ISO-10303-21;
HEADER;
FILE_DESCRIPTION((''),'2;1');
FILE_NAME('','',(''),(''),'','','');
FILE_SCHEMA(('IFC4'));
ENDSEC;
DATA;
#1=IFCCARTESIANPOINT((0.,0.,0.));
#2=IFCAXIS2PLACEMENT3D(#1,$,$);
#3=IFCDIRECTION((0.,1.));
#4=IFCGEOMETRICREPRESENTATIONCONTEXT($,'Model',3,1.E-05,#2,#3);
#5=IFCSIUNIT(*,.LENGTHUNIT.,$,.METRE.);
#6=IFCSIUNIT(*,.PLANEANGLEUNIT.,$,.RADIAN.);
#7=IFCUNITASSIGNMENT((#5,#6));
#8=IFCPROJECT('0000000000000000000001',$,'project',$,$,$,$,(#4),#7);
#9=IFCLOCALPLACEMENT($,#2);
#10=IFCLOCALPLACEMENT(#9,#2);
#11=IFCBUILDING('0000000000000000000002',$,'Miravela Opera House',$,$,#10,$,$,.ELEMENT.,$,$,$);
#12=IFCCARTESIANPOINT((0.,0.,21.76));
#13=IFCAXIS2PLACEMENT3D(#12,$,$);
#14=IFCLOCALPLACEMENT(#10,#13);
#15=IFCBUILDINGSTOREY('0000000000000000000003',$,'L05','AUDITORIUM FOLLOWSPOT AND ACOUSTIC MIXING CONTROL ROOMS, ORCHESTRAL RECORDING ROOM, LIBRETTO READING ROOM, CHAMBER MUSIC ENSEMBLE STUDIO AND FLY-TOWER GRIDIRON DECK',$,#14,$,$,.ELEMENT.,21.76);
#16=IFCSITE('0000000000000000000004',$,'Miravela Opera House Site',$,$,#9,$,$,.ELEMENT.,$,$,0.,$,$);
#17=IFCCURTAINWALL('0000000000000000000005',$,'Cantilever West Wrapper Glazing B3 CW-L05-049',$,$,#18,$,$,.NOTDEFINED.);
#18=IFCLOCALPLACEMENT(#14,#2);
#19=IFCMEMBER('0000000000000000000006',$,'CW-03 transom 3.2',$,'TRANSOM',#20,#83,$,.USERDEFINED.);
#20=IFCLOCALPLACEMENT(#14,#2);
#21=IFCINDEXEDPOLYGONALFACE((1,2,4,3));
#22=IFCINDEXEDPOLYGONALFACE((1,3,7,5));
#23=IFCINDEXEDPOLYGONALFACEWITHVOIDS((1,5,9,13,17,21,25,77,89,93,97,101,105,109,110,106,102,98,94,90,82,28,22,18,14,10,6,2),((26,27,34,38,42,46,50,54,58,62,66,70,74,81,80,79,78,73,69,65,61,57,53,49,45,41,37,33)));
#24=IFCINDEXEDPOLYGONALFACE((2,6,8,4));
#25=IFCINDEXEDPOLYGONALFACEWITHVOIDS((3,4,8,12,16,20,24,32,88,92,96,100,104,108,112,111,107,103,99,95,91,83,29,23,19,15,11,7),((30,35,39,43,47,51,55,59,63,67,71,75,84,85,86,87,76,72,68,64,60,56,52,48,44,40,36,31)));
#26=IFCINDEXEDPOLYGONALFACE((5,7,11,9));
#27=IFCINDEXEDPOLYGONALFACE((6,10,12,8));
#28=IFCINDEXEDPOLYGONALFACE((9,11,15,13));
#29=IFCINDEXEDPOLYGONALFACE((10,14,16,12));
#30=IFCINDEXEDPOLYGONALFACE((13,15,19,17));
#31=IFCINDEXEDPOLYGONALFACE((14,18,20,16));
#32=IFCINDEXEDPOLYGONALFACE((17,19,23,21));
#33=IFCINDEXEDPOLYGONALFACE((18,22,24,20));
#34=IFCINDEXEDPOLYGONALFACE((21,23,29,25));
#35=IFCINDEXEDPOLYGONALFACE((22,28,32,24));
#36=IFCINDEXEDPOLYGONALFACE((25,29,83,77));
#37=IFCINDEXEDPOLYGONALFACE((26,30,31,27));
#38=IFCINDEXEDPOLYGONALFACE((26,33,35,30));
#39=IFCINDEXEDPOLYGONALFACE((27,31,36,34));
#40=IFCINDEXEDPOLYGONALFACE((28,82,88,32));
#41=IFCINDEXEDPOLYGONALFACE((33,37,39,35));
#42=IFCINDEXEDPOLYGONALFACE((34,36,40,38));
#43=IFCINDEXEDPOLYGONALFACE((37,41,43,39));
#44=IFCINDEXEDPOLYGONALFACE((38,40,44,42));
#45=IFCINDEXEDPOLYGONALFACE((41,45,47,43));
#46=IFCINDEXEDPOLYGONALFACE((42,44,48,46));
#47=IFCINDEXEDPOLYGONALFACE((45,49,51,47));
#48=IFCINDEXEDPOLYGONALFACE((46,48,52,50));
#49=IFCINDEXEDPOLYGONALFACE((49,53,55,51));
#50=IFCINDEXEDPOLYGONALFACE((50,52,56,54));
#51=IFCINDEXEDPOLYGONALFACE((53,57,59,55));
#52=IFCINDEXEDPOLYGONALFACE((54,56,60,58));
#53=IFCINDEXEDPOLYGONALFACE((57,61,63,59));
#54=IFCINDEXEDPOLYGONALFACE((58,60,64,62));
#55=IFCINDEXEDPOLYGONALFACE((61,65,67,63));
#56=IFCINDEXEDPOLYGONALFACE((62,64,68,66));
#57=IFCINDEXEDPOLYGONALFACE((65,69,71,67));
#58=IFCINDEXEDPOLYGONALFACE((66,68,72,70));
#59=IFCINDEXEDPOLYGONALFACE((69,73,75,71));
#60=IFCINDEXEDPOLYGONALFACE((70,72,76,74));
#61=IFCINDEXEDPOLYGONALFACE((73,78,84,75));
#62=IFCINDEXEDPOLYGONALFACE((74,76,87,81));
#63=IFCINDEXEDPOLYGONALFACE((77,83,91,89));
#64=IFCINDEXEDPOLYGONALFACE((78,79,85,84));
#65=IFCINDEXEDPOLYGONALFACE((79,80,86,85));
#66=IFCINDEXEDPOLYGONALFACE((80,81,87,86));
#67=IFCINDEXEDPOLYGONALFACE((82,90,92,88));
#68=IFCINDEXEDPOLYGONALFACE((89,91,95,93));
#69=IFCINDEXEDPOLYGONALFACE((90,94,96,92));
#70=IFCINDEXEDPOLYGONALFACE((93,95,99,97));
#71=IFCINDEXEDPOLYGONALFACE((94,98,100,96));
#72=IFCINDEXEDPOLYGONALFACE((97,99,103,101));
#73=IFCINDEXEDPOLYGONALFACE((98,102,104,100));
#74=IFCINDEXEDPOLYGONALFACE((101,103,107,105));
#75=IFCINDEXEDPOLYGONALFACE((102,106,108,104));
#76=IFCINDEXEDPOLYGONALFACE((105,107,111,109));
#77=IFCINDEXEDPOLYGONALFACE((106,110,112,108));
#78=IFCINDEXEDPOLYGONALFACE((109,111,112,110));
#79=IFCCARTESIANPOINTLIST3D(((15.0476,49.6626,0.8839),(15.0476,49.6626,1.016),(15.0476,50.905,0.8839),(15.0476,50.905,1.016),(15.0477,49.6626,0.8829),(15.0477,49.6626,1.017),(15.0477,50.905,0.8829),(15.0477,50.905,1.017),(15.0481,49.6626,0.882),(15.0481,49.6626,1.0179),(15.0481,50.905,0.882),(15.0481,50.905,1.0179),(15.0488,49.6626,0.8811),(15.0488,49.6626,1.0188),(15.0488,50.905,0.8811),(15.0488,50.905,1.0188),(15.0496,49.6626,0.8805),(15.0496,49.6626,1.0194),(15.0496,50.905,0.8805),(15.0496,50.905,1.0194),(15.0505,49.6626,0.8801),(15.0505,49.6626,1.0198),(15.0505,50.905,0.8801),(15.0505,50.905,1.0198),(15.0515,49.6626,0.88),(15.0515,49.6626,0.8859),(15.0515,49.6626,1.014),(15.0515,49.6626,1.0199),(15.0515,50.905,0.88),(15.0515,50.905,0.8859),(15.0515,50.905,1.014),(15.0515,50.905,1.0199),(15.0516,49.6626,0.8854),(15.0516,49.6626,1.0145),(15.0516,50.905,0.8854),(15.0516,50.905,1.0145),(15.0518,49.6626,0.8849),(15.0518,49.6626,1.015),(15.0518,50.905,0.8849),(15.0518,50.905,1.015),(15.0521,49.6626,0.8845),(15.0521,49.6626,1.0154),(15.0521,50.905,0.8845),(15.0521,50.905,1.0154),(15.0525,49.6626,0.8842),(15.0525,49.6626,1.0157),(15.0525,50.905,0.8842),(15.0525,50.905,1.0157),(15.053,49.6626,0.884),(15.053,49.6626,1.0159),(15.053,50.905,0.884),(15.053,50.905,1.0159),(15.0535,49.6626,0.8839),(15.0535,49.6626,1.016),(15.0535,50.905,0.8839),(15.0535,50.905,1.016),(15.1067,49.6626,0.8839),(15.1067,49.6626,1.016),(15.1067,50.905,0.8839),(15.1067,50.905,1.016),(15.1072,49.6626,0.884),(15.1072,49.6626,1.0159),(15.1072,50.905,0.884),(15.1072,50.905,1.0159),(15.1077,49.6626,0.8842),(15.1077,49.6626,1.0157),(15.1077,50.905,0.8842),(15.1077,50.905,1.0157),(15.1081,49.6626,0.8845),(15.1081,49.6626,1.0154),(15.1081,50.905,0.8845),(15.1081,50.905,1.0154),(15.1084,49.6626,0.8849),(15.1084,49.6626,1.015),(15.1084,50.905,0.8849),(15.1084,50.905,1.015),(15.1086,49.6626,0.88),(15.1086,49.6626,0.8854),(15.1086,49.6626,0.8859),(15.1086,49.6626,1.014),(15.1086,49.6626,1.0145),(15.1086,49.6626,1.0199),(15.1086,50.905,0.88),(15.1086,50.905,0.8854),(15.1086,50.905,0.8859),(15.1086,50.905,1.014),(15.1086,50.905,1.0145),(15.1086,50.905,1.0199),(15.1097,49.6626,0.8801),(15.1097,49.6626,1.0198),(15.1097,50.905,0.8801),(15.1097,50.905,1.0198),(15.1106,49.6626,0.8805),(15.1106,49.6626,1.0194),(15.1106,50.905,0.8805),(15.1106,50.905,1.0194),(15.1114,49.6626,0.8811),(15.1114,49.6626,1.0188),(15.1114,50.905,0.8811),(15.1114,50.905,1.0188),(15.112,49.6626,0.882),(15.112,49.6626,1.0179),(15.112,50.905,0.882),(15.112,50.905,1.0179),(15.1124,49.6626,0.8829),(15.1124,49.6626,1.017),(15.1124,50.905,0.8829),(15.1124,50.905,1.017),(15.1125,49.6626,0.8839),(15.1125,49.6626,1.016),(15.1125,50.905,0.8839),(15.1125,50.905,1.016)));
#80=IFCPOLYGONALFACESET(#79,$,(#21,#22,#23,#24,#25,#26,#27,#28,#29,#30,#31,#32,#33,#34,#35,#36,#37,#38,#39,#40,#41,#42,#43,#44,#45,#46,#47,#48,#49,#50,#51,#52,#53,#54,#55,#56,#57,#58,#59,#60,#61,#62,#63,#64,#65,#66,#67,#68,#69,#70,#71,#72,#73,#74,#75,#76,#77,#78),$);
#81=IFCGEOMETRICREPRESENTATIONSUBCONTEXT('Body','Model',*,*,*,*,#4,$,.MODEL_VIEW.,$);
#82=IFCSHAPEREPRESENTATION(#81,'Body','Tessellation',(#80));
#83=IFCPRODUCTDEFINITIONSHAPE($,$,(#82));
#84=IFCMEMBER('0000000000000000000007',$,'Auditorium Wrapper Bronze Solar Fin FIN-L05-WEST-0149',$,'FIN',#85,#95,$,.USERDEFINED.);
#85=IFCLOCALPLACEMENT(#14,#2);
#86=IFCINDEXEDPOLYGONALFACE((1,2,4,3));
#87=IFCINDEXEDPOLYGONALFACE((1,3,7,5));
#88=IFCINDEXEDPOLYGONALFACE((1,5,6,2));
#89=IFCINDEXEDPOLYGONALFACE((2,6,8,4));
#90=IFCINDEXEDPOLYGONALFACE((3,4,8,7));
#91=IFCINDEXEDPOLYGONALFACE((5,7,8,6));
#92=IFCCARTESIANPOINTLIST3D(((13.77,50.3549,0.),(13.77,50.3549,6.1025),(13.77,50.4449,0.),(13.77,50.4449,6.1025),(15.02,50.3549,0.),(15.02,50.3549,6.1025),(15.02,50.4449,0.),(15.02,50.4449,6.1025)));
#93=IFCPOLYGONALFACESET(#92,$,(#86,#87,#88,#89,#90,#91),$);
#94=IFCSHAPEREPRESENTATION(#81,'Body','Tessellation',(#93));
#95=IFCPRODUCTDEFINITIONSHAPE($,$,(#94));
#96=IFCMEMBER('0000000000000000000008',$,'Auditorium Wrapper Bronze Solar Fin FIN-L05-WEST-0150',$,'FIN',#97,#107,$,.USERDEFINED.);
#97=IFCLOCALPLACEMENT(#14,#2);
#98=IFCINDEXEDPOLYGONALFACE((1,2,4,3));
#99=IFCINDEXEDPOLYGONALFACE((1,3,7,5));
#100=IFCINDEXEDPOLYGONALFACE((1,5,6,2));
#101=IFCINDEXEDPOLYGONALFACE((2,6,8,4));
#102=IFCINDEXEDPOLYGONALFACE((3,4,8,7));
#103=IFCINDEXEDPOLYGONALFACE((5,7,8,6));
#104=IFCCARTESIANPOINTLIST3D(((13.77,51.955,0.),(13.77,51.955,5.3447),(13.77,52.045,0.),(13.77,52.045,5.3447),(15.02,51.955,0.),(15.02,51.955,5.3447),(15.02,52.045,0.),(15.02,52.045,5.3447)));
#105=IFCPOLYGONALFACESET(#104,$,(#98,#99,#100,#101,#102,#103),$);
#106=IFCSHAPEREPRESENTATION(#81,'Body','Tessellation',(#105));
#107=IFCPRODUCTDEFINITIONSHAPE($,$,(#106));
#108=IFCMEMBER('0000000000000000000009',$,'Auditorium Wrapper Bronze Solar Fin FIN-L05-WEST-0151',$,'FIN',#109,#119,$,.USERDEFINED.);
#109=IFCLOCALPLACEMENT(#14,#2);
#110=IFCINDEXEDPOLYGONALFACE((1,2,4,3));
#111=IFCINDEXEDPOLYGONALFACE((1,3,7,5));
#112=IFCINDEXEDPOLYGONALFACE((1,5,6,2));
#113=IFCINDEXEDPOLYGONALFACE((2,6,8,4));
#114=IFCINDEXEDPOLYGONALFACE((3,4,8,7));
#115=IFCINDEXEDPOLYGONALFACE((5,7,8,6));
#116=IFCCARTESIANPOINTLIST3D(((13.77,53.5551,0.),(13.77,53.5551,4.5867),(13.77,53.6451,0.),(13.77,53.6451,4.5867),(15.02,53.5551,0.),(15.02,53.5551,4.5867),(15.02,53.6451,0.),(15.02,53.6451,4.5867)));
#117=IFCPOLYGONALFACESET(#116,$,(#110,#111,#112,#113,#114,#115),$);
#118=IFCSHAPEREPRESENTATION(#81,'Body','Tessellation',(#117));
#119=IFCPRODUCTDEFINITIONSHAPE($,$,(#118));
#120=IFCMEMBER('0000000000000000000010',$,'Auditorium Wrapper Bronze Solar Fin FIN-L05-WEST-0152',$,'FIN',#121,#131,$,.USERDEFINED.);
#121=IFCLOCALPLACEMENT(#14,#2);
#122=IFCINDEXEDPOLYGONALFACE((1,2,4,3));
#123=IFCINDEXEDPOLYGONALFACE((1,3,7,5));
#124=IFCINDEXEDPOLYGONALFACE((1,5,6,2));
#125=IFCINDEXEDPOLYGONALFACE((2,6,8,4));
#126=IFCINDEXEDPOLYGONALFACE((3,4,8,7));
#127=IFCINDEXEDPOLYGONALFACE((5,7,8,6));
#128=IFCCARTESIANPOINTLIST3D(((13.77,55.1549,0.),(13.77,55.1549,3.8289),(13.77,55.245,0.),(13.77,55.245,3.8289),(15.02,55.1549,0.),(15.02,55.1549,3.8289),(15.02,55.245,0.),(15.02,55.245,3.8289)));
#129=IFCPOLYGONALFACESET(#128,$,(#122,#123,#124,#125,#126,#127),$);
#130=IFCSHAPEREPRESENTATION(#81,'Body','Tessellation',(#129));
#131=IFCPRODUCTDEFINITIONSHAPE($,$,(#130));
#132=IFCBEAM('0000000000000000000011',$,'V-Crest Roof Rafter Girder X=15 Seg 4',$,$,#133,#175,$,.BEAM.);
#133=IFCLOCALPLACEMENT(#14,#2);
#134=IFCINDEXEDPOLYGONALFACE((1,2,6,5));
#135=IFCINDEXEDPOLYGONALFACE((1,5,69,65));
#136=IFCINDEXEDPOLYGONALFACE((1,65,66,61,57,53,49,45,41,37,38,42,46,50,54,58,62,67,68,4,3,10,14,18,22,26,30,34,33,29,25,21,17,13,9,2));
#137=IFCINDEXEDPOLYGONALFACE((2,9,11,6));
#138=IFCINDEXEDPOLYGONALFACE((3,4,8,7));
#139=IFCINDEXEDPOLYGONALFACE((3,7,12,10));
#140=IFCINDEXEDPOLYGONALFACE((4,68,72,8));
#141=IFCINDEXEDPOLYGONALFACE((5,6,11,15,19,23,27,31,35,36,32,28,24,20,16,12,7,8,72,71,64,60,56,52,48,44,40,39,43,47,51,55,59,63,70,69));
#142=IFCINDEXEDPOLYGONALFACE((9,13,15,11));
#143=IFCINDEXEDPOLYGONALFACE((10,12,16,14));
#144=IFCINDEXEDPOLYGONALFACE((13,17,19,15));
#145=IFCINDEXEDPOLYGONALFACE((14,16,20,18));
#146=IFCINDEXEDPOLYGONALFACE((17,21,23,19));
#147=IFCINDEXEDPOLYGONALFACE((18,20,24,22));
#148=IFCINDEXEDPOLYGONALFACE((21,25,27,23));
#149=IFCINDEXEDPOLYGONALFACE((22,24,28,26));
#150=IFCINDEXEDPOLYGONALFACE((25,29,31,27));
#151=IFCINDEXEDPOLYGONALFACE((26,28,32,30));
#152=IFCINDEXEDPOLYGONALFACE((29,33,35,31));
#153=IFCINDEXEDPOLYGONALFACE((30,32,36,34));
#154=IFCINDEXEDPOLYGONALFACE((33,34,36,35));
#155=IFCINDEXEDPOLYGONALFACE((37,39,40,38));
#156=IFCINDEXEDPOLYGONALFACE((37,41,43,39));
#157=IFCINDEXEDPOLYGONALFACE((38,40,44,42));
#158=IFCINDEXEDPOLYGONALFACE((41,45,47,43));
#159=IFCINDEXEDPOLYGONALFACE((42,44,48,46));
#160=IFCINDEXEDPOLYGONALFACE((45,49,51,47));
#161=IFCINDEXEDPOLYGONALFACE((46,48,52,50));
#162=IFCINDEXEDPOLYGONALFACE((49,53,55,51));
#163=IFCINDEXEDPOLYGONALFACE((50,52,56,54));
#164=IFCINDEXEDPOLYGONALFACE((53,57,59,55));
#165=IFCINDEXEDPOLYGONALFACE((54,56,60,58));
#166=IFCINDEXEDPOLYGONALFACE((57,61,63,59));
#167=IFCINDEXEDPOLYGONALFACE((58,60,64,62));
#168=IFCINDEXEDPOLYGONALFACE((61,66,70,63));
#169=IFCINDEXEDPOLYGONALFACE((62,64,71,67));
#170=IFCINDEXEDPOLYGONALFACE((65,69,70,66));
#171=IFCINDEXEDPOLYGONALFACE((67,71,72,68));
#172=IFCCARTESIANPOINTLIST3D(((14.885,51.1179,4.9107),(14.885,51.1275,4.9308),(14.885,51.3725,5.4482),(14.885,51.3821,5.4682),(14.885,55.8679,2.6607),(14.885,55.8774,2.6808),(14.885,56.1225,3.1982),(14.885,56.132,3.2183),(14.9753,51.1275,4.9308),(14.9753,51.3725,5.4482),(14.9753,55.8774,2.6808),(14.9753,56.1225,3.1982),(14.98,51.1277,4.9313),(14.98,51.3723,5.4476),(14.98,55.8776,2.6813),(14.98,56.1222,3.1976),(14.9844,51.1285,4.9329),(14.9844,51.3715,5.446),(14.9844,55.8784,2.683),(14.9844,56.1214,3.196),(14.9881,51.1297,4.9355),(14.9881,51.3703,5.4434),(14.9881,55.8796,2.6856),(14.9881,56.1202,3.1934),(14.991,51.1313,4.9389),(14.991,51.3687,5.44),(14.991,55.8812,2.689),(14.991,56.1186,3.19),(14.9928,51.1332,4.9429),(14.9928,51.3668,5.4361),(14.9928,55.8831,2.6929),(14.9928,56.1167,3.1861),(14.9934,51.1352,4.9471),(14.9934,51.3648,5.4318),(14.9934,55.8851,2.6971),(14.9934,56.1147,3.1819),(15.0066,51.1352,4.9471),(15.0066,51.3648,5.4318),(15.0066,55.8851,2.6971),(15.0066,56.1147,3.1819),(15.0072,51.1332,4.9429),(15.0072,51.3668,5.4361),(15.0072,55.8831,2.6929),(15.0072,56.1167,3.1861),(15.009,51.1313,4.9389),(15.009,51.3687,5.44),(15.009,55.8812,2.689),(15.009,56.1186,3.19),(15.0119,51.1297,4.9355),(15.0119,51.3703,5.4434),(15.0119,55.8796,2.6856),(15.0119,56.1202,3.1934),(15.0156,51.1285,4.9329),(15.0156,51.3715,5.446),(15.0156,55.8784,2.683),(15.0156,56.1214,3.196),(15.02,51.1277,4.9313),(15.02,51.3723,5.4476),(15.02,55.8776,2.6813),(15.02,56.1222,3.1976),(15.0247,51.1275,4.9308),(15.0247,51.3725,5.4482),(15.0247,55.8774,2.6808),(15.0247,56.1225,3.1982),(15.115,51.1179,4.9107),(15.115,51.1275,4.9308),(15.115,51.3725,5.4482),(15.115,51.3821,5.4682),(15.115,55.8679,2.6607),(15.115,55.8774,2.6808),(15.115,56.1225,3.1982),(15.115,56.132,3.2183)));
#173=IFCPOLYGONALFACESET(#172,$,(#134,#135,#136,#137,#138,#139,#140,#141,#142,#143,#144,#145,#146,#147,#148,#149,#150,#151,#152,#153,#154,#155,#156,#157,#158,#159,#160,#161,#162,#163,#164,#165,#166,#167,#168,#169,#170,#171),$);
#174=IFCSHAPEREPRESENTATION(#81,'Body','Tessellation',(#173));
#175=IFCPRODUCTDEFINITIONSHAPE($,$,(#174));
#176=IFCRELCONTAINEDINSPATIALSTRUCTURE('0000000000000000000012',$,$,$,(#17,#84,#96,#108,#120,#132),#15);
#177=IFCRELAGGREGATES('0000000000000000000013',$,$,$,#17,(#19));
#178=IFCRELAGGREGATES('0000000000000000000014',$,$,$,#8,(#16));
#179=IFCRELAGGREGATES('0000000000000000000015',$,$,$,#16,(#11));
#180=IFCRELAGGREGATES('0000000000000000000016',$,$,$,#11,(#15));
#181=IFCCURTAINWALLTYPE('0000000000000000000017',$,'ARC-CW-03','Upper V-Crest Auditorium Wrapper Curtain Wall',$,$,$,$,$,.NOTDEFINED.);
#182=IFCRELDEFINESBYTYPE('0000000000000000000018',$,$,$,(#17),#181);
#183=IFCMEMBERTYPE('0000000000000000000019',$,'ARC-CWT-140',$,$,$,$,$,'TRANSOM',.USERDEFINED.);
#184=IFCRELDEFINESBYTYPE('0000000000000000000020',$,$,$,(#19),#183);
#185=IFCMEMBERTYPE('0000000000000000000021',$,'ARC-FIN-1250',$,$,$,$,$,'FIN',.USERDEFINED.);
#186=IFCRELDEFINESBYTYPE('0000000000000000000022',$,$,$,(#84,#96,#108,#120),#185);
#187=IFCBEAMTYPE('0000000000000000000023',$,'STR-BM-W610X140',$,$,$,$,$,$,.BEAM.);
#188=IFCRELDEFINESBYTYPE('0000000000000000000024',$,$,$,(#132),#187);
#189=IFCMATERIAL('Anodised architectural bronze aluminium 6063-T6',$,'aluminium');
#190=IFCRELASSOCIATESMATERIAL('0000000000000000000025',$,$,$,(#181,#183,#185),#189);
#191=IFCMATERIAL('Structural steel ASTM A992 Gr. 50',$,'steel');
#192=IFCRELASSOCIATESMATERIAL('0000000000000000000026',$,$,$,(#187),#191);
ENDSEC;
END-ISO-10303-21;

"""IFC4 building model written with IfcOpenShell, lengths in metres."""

from ifc_helpers import new_model, si_unit, direction, frame, origin, origin_2d, place, context, subcontext, project, spatial, rectangle, hollow_rectangle, i_section, extrude, material, material_profile, profile_set, type_object, element, aggregate, save


model = new_model("IFC4")

# Units and contexts
model_context = context("Model", 3, precision=1e-05, world=origin(), true_north=direction((0.0, 1.0)))
body_context = subcontext(model_context, "Body", "Model", "MODEL_VIEW")
ifc_project = project(units=[si_unit("LENGTHUNIT", "METRE"), si_unit("PLANEANGLEUNIT", "RADIAN")], contexts=[model_context])

# Site, building, storey
site_placement = place(None, origin())
site = spatial("IfcSite", under=ifc_project, at=site_placement, Name="Miravela Opera House Site", CompositionType="ELEMENT", RefElevation=0.0)
building_placement = place(site_placement, origin())
building = spatial("IfcBuilding", under=site, at=building_placement, Name="Miravela Opera House", CompositionType="ELEMENT")
storey_placement = place(building_placement, frame((0.0, 0.0, 21.76)))
storey = spatial("IfcBuildingStorey", under=building, at=storey_placement, Name="L05", Description="AUDITORIUM FOLLOWSPOT AND ACOUSTIC MIXING CONTROL ROOMS, ORCHESTRAL RECORDING ROOM, LIBRETTO READING ROOM, CHAMBER MUSIC ENSEMBLE STUDIO AND FLY-TOWER GRIDIRON DECK", CompositionType="ELEMENT", Elevation=21.76)

# Curtain wall, member
ifc_material_1 = material(Name="Anodised architectural bronze aluminium 6063-T6", Category="aluminium")
curtain_wall_type = type_object("IfcCurtainWallType", Name="ARC-CW-03", Description="Upper V-Crest Auditorium Wrapper Curtain Wall", PredefinedType="NOTDEFINED", material=ifc_material_1)
curtain_wall_placement = place(storey_placement, origin())
curtain_wall = element("IfcCurtainWall", 1, at=curtain_wall_placement, inside=storey, type_object=curtain_wall_type, Name="Cantilever West Wrapper Glazing B3 CW-L05-049", PredefinedType="NOTDEFINED")
ifc_material_profile_1 = material_profile(ifc_material_1, hollow_rectangle(XDim=0.0649, YDim=0.1399, WallThickness=0.0039, InnerFilletRadius=0.002, OuterFilletRadius=0.0039, at=origin_2d()), Name="CWT-65X140")
ifc_profile_set_1 = profile_set([ifc_material_profile_1])
member_type_1 = type_object("IfcMemberType", Name="ARC-CWT-140", ElementType="TRANSOM", PredefinedType="USERDEFINED", material=ifc_profile_set_1)
member_1_placement = place(storey_placement, frame((15.0801, 49.6626, 0.95), z_axis=(0.0, 1.0, 0.0), x_axis=(-1.0, 0.0, 0.0)))
member_1 = element("IfcMember", 2, at=member_1_placement, type_object=member_type_1, Name="CW-03 transom 3.2", ObjectType="TRANSOM", PredefinedType="USERDEFINED", context=body_context, shape_type="SweptSolid", body=[
    extrude(hollow_rectangle(XDim=0.0649, YDim=0.1399, WallThickness=0.0039, InnerFilletRadius=0.002, OuterFilletRadius=0.0039, at=origin_2d()), origin(), (0.0, 0.0, 1.0), 1.2424),
])

# Members
ifc_material_profile_2 = material_profile(ifc_material_1, rectangle(XDim=0.0901, YDim=1.25, at=origin_2d()), Name="FIN-1250X90")
ifc_profile_set_2 = profile_set([ifc_material_profile_2])
member_type_2 = type_object("IfcMemberType", Name="ARC-FIN-1250", ElementType="FIN", PredefinedType="USERDEFINED", material=ifc_profile_set_2)
member_2_placement = place(storey_placement, frame((14.395, 50.3999, 0.0), z_axis=(0.0, 0.0, 1.0), x_axis=(0.0, 1.0, 0.0)))
element("IfcMember", 3, at=member_2_placement, inside=storey, type_object=member_type_2, Name="Auditorium Wrapper Bronze Solar Fin FIN-L05-WEST-0149", ObjectType="FIN", PredefinedType="USERDEFINED", context=body_context, shape_type="SweptSolid", body=[
    extrude(rectangle(XDim=0.0901, YDim=1.25, at=origin_2d()), origin(), (0.0, 0.0, 1.0), 6.1025),
])
member_3_placement = place(storey_placement, frame((14.395, 52.0, 0.0), z_axis=(0.0, 0.0, 1.0), x_axis=(0.0, 1.0, 0.0)))
element("IfcMember", 4, at=member_3_placement, inside=storey, type_object=member_type_2, Name="Auditorium Wrapper Bronze Solar Fin FIN-L05-WEST-0150", ObjectType="FIN", PredefinedType="USERDEFINED", context=body_context, shape_type="SweptSolid", body=[
    extrude(rectangle(XDim=0.0901, YDim=1.25, at=origin_2d()), origin(), (0.0, 0.0, 1.0), 5.3447),
])
member_4_placement = place(storey_placement, frame((14.395, 53.6001, 0.0), z_axis=(0.0, 0.0, 1.0), x_axis=(0.0, 1.0, 0.0)))
element("IfcMember", 5, at=member_4_placement, inside=storey, type_object=member_type_2, Name="Auditorium Wrapper Bronze Solar Fin FIN-L05-WEST-0151", ObjectType="FIN", PredefinedType="USERDEFINED", context=body_context, shape_type="SweptSolid", body=[
    extrude(rectangle(XDim=0.0901, YDim=1.25, at=origin_2d()), origin(), (0.0, 0.0, 1.0), 4.5867),
])
member_5_placement = place(storey_placement, frame((14.395, 55.2, 0.0), z_axis=(0.0, 0.0, 1.0), x_axis=(0.0, 1.0, 0.0)))
element("IfcMember", 6, at=member_5_placement, inside=storey, type_object=member_type_2, Name="Auditorium Wrapper Bronze Solar Fin FIN-L05-WEST-0152", ObjectType="FIN", PredefinedType="USERDEFINED", context=body_context, shape_type="SweptSolid", body=[
    extrude(rectangle(XDim=0.0901, YDim=1.25, at=origin_2d()), origin(), (0.0, 0.0, 1.0), 3.8289),
])

# Beam
ifc_material_2 = material(Name="Structural steel ASTM A992 Gr. 50", Category="steel")
ifc_material_profile_3 = material_profile(ifc_material_2, i_section(OverallWidth=0.23, OverallDepth=0.6169, WebThickness=0.0132, FlangeThickness=0.0222, FilletRadius=0.0181, at=origin_2d()), Name="W610X140")
ifc_profile_set_3 = profile_set([ifc_material_profile_3])
beam_type = type_object("IfcBeamType", Name="STR-BM-W610X140", PredefinedType="BEAM", material=ifc_profile_set_3)
beam_placement = place(storey_placement, frame((15.0, 51.25, 5.1895), z_axis=(0.0, 0.903738, -0.428086), x_axis=(-1.0, 0.0, 0.0)))
element("IfcBeam", 7, at=beam_placement, inside=storey, type_object=beam_type, Name="V-Crest Roof Rafter Girder X=15 Seg 4", PredefinedType="BEAM", context=body_context, shape_type="SweptSolid", body=[
    extrude(i_section(OverallWidth=0.23, OverallDepth=0.6169, WebThickness=0.0132, FlangeThickness=0.0222, FilletRadius=0.0181, at=origin_2d()), origin(), (0.0, 0.0, 1.0), 5.2559),
])

aggregate(curtain_wall, [member_1])

save(model, "model.ifc")
